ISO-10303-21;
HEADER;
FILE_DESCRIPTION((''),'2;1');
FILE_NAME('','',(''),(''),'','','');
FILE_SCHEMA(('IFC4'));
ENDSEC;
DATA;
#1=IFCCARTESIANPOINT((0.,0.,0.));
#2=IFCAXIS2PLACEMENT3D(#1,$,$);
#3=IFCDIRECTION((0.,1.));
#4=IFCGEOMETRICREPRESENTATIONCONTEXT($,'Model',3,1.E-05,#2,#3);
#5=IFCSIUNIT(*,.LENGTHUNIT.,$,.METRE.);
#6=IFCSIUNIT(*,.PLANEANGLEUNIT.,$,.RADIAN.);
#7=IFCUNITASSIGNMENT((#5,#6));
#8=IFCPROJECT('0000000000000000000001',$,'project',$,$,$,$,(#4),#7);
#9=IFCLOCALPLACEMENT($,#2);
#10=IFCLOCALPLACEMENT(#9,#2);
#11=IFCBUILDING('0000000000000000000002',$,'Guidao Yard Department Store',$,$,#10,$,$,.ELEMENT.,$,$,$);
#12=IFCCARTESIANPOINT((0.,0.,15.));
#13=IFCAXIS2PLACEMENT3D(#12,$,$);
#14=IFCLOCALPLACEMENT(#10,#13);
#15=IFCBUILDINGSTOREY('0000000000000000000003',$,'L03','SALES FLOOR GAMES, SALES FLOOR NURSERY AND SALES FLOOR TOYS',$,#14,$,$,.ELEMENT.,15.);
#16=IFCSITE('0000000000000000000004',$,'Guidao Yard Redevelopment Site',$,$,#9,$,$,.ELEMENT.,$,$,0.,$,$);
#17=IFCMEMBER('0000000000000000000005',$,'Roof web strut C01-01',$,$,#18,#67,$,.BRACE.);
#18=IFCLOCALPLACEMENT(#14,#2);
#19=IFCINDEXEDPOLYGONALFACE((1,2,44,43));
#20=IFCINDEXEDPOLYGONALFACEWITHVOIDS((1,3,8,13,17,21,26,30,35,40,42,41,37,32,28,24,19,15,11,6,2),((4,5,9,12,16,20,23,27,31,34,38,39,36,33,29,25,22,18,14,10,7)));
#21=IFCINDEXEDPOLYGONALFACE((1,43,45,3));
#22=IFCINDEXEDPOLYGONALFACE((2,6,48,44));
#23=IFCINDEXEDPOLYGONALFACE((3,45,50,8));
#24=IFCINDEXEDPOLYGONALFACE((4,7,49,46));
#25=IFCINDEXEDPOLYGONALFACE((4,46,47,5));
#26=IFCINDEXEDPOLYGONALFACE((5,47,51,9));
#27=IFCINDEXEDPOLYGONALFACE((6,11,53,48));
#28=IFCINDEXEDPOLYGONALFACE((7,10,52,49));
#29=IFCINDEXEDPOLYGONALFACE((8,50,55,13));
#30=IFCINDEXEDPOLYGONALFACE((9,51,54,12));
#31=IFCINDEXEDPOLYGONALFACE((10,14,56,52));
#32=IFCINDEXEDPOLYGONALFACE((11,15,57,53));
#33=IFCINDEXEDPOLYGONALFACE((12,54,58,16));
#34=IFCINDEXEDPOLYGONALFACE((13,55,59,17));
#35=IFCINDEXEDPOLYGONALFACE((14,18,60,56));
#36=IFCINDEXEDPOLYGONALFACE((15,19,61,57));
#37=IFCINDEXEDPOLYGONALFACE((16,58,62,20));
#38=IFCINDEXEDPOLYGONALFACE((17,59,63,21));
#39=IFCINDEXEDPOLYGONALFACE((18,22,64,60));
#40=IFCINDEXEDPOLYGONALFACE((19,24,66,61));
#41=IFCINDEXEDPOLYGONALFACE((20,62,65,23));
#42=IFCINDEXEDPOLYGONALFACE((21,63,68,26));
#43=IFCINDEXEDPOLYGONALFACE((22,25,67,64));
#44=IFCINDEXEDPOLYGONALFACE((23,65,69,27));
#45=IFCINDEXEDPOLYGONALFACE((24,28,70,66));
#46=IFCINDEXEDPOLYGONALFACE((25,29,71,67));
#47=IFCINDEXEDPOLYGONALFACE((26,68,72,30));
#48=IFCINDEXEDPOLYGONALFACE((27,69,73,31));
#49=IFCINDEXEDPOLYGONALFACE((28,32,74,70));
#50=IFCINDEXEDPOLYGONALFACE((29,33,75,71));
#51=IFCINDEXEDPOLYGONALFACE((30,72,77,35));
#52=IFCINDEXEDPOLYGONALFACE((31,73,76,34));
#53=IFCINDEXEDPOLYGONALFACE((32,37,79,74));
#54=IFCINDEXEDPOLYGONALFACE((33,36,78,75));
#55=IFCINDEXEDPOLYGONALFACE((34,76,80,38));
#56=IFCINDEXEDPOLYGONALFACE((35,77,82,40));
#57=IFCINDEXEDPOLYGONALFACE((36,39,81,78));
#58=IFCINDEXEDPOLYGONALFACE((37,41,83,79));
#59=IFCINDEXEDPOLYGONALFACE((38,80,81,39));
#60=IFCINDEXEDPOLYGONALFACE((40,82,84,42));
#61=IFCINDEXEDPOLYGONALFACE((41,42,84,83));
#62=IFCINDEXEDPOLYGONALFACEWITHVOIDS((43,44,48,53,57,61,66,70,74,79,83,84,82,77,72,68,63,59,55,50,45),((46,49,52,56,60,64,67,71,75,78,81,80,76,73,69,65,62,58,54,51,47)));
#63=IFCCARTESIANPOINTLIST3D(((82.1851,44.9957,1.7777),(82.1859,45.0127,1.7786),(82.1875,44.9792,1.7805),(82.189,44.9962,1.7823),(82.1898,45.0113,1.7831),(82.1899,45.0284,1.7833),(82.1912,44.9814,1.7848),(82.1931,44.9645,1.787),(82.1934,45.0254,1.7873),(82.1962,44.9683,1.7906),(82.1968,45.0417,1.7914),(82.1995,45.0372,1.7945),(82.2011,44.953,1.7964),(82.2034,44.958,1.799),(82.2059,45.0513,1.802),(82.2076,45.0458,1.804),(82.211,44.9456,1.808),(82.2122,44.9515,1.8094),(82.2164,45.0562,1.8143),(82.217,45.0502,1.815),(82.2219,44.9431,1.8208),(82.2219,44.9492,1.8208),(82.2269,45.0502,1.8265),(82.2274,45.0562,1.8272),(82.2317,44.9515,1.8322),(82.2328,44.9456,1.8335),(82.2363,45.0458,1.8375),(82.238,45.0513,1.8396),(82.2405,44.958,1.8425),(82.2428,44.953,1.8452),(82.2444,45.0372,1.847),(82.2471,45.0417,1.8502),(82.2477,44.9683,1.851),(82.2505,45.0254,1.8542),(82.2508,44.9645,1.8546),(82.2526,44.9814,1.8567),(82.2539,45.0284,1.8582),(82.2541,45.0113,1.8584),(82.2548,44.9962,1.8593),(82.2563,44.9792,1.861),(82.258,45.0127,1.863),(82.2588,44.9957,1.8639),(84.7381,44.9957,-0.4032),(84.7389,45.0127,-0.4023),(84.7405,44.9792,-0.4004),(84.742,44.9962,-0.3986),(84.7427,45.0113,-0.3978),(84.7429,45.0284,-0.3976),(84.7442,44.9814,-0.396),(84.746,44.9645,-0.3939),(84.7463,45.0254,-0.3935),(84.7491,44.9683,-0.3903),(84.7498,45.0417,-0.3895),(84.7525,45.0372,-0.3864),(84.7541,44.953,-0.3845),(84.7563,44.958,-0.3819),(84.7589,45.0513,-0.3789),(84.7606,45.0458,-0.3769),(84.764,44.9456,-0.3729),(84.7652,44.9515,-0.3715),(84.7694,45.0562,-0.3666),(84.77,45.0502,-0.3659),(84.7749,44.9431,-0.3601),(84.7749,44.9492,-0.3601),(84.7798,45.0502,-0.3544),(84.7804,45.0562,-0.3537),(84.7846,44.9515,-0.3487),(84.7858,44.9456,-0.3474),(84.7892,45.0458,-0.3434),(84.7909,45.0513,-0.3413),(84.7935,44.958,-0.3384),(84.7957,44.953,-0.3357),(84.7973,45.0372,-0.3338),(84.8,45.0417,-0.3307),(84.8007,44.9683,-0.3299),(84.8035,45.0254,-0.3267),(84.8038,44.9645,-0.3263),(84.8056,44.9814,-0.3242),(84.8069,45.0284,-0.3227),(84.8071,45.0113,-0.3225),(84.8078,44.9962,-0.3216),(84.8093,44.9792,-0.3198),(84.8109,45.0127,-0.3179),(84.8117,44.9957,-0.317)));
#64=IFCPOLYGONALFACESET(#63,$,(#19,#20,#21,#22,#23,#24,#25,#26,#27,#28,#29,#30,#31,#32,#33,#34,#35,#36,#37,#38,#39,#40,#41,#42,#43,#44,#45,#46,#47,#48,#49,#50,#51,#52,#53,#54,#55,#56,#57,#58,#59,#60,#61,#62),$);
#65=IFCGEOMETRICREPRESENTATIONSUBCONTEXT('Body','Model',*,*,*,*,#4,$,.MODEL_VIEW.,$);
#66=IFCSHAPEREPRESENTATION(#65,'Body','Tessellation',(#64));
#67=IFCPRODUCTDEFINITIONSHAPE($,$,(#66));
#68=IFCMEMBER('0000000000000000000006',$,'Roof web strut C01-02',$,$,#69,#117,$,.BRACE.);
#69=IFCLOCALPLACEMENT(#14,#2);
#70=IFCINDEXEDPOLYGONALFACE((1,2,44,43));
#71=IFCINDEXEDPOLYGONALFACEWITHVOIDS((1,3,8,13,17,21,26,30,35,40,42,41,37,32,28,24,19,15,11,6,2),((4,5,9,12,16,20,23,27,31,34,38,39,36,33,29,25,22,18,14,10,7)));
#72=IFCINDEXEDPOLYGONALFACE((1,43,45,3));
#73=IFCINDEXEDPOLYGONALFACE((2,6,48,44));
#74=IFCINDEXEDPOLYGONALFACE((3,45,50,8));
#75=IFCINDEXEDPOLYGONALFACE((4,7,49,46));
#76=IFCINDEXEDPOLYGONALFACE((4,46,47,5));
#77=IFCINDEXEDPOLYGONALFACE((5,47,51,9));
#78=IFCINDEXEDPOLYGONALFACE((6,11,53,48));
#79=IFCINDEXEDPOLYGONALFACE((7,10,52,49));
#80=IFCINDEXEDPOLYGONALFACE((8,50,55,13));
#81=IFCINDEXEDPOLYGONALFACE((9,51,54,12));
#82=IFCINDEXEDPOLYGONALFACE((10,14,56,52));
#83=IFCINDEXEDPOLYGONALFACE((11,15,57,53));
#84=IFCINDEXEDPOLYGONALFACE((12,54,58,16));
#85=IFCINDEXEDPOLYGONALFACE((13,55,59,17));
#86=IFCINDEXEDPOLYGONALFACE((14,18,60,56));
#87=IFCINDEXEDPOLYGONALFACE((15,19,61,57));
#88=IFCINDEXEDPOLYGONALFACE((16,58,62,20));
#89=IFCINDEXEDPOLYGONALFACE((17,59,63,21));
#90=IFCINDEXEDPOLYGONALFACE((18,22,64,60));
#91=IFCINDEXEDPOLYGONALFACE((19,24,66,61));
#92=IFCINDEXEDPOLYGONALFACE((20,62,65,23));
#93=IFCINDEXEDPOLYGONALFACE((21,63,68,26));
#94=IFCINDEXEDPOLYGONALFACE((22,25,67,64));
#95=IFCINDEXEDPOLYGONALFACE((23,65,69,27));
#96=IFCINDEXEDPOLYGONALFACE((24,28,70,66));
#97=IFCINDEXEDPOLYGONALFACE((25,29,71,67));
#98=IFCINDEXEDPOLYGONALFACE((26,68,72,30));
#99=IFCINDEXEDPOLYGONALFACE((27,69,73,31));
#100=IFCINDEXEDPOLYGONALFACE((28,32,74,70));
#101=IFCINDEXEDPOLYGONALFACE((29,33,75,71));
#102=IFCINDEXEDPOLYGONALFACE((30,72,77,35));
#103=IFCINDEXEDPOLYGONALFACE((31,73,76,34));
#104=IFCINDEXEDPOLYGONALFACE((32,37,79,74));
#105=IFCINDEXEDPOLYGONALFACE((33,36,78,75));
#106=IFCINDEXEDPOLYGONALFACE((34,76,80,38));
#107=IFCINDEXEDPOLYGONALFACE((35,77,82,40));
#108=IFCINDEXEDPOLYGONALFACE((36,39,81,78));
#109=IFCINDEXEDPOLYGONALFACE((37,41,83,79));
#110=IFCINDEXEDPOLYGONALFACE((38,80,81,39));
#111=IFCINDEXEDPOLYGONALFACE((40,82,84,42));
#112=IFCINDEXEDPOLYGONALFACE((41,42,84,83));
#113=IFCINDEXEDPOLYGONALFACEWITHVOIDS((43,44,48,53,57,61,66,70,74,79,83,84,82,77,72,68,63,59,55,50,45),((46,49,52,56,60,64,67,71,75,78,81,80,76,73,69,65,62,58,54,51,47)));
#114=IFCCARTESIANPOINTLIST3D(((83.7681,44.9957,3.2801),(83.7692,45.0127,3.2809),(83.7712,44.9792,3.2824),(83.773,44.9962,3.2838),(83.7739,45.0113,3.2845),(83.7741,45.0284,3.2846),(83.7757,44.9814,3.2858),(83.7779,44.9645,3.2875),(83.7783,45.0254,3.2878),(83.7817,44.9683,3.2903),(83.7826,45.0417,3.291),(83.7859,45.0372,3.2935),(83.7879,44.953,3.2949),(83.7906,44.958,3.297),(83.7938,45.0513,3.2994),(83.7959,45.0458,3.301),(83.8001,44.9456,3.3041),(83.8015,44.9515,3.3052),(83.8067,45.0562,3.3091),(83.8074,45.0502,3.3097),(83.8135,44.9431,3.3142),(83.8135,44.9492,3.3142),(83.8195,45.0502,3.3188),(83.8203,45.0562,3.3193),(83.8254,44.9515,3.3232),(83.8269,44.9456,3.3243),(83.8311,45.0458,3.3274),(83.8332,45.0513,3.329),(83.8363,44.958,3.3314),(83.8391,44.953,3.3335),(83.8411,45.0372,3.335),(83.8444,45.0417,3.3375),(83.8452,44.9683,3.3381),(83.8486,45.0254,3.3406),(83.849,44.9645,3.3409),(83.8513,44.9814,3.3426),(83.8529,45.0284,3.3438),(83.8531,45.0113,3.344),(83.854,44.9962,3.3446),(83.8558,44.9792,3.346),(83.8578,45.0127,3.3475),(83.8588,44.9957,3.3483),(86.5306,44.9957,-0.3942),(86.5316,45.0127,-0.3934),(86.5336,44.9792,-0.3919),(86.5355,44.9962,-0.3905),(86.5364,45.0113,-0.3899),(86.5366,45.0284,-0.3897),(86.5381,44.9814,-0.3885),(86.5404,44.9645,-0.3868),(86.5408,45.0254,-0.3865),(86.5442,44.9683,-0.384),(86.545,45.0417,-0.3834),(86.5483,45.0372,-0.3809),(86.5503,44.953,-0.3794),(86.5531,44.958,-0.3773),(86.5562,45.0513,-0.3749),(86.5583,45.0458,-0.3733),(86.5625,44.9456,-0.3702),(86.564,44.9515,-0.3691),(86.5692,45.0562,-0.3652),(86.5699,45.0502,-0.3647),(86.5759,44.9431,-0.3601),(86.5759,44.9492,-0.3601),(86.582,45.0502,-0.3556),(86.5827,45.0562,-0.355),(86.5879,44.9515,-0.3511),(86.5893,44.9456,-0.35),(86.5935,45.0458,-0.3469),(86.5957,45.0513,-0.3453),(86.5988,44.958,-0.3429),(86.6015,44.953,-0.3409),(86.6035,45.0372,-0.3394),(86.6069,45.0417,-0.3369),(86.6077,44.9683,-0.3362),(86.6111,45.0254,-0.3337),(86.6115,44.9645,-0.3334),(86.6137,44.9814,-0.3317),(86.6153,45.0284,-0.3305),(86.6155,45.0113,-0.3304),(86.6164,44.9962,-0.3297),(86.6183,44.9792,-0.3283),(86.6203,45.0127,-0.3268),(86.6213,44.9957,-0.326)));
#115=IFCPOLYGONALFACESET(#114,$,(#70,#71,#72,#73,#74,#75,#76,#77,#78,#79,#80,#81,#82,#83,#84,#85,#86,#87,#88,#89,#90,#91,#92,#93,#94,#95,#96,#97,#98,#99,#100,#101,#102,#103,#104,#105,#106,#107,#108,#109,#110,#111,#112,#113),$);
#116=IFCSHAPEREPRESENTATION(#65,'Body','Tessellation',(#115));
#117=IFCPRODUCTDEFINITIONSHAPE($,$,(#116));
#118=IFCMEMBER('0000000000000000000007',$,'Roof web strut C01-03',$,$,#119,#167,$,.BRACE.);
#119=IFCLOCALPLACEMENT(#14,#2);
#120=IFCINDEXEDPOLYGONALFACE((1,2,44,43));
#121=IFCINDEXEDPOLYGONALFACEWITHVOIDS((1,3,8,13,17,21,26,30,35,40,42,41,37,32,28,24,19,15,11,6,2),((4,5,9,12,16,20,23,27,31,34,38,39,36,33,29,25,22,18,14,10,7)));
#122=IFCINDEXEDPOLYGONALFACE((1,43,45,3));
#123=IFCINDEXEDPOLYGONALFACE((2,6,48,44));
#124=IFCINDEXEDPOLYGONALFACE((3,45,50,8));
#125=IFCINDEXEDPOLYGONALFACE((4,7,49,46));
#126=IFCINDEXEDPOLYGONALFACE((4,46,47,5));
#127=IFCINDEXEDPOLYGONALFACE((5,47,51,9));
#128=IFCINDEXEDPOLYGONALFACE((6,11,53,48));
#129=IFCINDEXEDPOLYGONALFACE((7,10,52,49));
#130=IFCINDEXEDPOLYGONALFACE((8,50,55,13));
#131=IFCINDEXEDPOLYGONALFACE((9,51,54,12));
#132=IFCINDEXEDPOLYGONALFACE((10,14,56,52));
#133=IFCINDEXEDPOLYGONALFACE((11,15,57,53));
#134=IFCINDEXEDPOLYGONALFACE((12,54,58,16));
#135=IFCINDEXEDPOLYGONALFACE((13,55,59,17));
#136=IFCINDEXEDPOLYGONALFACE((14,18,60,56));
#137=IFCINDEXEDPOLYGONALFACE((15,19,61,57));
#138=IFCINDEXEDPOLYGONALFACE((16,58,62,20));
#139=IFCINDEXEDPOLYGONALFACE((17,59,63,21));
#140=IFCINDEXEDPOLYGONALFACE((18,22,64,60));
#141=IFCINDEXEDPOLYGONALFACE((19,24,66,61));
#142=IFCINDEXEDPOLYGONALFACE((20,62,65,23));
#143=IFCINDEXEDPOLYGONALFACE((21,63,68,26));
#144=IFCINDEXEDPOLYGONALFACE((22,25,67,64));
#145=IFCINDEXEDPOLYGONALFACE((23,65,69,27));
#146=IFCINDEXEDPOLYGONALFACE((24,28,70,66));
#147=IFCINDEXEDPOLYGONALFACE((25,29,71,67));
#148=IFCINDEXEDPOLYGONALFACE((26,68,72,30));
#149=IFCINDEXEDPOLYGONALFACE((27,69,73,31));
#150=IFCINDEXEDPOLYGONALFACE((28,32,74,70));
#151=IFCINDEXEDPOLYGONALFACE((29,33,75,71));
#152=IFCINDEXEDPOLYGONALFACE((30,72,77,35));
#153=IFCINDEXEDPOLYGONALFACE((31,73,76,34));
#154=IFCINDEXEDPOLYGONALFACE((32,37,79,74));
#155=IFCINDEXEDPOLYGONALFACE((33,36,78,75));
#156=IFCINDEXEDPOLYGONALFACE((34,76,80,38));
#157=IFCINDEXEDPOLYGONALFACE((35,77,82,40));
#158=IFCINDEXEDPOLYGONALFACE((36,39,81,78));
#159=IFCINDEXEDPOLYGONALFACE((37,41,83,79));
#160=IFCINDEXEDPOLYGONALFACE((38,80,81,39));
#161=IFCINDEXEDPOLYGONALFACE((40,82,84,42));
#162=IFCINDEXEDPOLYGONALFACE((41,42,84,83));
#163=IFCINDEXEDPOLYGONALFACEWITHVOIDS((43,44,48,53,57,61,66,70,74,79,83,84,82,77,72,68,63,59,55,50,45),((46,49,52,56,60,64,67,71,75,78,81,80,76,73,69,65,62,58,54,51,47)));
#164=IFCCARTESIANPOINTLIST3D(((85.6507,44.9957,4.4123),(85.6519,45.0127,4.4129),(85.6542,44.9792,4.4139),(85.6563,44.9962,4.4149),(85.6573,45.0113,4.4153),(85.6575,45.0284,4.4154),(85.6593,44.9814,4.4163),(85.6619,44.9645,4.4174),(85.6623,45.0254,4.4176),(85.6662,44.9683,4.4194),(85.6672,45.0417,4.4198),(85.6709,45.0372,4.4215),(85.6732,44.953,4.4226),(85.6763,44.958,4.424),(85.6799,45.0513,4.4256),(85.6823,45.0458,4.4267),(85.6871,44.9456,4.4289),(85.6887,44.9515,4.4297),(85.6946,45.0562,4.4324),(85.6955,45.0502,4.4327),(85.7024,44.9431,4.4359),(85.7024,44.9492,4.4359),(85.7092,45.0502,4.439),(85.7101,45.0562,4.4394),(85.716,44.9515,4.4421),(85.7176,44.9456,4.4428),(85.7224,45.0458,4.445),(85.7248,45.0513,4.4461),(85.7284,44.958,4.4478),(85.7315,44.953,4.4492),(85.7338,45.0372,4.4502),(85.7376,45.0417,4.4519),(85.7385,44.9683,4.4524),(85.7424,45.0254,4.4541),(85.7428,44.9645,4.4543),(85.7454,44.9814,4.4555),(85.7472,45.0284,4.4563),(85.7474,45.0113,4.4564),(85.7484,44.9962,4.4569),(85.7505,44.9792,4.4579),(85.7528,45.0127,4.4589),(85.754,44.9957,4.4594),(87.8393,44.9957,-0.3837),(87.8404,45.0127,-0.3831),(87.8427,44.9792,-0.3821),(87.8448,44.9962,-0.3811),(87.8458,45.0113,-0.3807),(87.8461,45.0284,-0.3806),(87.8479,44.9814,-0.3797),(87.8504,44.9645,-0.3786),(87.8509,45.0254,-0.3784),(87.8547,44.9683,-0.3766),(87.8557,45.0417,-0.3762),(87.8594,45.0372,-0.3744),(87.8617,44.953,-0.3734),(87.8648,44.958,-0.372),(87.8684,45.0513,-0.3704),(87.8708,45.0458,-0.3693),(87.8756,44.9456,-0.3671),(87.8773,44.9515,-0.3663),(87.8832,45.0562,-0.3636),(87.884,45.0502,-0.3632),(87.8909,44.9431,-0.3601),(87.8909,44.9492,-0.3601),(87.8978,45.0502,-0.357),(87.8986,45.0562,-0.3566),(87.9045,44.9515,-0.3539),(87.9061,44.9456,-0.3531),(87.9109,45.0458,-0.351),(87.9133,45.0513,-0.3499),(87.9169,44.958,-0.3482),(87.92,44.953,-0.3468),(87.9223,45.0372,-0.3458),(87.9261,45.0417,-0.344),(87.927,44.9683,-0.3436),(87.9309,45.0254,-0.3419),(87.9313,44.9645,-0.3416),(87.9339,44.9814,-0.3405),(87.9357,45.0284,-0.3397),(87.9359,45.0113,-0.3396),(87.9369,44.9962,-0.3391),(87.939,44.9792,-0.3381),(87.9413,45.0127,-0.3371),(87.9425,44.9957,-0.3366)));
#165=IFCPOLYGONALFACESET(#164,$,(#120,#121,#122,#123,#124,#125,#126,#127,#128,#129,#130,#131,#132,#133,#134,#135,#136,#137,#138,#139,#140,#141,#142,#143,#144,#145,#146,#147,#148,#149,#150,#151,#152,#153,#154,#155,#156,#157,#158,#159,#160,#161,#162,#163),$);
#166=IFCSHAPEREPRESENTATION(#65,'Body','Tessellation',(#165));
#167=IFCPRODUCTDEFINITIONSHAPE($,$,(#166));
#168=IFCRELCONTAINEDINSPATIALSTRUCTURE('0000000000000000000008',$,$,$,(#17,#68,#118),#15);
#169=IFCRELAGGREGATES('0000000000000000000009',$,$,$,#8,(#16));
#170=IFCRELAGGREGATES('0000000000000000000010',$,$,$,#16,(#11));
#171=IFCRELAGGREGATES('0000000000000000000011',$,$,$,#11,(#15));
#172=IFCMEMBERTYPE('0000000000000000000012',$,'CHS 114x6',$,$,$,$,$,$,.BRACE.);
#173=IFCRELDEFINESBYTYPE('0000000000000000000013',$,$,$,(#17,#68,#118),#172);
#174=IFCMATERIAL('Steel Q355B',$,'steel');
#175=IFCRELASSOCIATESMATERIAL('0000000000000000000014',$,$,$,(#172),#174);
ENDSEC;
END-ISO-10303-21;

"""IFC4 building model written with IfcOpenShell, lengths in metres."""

from ifc_helpers import new_model, si_unit, direction, frame, origin, origin_2d, place, context, subcontext, project, spatial, hollow_circle, extrude, material, material_profile, profile_set, type_object, element, save


model = new_model("IFC4")

# Units and contexts
model_context = context("Model", 3, precision=1e-05, world=origin(), true_north=direction((0.0, 1.0)))
body_context = subcontext(model_context, "Body", "Model", "MODEL_VIEW")
ifc_project = project(units=[si_unit("LENGTHUNIT", "METRE"), si_unit("PLANEANGLEUNIT", "RADIAN")], contexts=[model_context])

# Site, building, storey
site_placement = place(None, origin())
site = spatial("IfcSite", under=ifc_project, at=site_placement, Name="Guidao Yard Redevelopment Site", CompositionType="ELEMENT", RefElevation=0.0)
building_placement = place(site_placement, origin())
building = spatial("IfcBuilding", under=site, at=building_placement, Name="Guidao Yard Department Store", CompositionType="ELEMENT")
storey_placement = place(building_placement, frame((0.0, 0.0, 15.0)))
storey = spatial("IfcBuildingStorey", under=building, at=storey_placement, Name="L03", Description="SALES FLOOR GAMES, SALES FLOOR NURSERY AND SALES FLOOR TOYS", CompositionType="ELEMENT", Elevation=15.0)

# Members
ifc_material_1 = material(Name="Steel Q355B", Category="steel")
ifc_material_profile_1 = material_profile(ifc_material_1, hollow_circle(Radius=0.0569, WallThickness=0.0061, at=origin_2d()), Name="CHS 114x6")
ifc_profile_set_1 = profile_set([ifc_material_profile_1], Name="Steel Q355B")
member_type_1 = type_object("IfcMemberType", Name="CHS 114x6", PredefinedType="BRACE", material=ifc_profile_set_1)
member_1_placement = place(storey_placement, frame((84.7749, 45.0, -0.3601), z_axis=(-0.760339, 0.0, 0.649527), x_axis=(0.0, -1.0, 0.0)))
element("IfcMember", 1, at=member_1_placement, inside=storey, type_object=member_type_1, Name="Roof web strut C01-01", PredefinedType="BRACE", context=body_context, shape_type="SweptSolid", body=[
    extrude(hollow_circle(Radius=0.0569, WallThickness=0.0061, at=origin_2d()), origin(), (0.0, 0.0, 1.0), 3.3577),
])
member_2_placement = place(storey_placement, frame((86.5759, 45.0, -0.3601), z_axis=(-0.600934, 0.0, 0.799298), x_axis=(0.0, -1.0, 0.0)))
element("IfcMember", 2, at=member_2_placement, inside=storey, type_object=member_type_1, Name="Roof web strut C01-02", PredefinedType="BRACE", context=body_context, shape_type="SweptSolid", body=[
    extrude(hollow_circle(Radius=0.0569, WallThickness=0.0061, at=origin_2d()), origin(), (0.0, 0.0, 1.0), 4.5969),
])
member_3_placement = place(storey_placement, frame((87.8909, 45.0, -0.3601), z_axis=(-0.415142, 0.0, 0.909756), x_axis=(0.0, -1.0, 0.0)))
element("IfcMember", 3, at=member_3_placement, inside=storey, type_object=member_type_1, Name="Roof web strut C01-03", PredefinedType="BRACE", context=body_context, shape_type="SweptSolid", body=[
    extrude(hollow_circle(Radius=0.0569, WallThickness=0.0061, at=origin_2d()), origin(), (0.0, 0.0, 1.0), 5.2717),
])

save(model, "model.ifc")
